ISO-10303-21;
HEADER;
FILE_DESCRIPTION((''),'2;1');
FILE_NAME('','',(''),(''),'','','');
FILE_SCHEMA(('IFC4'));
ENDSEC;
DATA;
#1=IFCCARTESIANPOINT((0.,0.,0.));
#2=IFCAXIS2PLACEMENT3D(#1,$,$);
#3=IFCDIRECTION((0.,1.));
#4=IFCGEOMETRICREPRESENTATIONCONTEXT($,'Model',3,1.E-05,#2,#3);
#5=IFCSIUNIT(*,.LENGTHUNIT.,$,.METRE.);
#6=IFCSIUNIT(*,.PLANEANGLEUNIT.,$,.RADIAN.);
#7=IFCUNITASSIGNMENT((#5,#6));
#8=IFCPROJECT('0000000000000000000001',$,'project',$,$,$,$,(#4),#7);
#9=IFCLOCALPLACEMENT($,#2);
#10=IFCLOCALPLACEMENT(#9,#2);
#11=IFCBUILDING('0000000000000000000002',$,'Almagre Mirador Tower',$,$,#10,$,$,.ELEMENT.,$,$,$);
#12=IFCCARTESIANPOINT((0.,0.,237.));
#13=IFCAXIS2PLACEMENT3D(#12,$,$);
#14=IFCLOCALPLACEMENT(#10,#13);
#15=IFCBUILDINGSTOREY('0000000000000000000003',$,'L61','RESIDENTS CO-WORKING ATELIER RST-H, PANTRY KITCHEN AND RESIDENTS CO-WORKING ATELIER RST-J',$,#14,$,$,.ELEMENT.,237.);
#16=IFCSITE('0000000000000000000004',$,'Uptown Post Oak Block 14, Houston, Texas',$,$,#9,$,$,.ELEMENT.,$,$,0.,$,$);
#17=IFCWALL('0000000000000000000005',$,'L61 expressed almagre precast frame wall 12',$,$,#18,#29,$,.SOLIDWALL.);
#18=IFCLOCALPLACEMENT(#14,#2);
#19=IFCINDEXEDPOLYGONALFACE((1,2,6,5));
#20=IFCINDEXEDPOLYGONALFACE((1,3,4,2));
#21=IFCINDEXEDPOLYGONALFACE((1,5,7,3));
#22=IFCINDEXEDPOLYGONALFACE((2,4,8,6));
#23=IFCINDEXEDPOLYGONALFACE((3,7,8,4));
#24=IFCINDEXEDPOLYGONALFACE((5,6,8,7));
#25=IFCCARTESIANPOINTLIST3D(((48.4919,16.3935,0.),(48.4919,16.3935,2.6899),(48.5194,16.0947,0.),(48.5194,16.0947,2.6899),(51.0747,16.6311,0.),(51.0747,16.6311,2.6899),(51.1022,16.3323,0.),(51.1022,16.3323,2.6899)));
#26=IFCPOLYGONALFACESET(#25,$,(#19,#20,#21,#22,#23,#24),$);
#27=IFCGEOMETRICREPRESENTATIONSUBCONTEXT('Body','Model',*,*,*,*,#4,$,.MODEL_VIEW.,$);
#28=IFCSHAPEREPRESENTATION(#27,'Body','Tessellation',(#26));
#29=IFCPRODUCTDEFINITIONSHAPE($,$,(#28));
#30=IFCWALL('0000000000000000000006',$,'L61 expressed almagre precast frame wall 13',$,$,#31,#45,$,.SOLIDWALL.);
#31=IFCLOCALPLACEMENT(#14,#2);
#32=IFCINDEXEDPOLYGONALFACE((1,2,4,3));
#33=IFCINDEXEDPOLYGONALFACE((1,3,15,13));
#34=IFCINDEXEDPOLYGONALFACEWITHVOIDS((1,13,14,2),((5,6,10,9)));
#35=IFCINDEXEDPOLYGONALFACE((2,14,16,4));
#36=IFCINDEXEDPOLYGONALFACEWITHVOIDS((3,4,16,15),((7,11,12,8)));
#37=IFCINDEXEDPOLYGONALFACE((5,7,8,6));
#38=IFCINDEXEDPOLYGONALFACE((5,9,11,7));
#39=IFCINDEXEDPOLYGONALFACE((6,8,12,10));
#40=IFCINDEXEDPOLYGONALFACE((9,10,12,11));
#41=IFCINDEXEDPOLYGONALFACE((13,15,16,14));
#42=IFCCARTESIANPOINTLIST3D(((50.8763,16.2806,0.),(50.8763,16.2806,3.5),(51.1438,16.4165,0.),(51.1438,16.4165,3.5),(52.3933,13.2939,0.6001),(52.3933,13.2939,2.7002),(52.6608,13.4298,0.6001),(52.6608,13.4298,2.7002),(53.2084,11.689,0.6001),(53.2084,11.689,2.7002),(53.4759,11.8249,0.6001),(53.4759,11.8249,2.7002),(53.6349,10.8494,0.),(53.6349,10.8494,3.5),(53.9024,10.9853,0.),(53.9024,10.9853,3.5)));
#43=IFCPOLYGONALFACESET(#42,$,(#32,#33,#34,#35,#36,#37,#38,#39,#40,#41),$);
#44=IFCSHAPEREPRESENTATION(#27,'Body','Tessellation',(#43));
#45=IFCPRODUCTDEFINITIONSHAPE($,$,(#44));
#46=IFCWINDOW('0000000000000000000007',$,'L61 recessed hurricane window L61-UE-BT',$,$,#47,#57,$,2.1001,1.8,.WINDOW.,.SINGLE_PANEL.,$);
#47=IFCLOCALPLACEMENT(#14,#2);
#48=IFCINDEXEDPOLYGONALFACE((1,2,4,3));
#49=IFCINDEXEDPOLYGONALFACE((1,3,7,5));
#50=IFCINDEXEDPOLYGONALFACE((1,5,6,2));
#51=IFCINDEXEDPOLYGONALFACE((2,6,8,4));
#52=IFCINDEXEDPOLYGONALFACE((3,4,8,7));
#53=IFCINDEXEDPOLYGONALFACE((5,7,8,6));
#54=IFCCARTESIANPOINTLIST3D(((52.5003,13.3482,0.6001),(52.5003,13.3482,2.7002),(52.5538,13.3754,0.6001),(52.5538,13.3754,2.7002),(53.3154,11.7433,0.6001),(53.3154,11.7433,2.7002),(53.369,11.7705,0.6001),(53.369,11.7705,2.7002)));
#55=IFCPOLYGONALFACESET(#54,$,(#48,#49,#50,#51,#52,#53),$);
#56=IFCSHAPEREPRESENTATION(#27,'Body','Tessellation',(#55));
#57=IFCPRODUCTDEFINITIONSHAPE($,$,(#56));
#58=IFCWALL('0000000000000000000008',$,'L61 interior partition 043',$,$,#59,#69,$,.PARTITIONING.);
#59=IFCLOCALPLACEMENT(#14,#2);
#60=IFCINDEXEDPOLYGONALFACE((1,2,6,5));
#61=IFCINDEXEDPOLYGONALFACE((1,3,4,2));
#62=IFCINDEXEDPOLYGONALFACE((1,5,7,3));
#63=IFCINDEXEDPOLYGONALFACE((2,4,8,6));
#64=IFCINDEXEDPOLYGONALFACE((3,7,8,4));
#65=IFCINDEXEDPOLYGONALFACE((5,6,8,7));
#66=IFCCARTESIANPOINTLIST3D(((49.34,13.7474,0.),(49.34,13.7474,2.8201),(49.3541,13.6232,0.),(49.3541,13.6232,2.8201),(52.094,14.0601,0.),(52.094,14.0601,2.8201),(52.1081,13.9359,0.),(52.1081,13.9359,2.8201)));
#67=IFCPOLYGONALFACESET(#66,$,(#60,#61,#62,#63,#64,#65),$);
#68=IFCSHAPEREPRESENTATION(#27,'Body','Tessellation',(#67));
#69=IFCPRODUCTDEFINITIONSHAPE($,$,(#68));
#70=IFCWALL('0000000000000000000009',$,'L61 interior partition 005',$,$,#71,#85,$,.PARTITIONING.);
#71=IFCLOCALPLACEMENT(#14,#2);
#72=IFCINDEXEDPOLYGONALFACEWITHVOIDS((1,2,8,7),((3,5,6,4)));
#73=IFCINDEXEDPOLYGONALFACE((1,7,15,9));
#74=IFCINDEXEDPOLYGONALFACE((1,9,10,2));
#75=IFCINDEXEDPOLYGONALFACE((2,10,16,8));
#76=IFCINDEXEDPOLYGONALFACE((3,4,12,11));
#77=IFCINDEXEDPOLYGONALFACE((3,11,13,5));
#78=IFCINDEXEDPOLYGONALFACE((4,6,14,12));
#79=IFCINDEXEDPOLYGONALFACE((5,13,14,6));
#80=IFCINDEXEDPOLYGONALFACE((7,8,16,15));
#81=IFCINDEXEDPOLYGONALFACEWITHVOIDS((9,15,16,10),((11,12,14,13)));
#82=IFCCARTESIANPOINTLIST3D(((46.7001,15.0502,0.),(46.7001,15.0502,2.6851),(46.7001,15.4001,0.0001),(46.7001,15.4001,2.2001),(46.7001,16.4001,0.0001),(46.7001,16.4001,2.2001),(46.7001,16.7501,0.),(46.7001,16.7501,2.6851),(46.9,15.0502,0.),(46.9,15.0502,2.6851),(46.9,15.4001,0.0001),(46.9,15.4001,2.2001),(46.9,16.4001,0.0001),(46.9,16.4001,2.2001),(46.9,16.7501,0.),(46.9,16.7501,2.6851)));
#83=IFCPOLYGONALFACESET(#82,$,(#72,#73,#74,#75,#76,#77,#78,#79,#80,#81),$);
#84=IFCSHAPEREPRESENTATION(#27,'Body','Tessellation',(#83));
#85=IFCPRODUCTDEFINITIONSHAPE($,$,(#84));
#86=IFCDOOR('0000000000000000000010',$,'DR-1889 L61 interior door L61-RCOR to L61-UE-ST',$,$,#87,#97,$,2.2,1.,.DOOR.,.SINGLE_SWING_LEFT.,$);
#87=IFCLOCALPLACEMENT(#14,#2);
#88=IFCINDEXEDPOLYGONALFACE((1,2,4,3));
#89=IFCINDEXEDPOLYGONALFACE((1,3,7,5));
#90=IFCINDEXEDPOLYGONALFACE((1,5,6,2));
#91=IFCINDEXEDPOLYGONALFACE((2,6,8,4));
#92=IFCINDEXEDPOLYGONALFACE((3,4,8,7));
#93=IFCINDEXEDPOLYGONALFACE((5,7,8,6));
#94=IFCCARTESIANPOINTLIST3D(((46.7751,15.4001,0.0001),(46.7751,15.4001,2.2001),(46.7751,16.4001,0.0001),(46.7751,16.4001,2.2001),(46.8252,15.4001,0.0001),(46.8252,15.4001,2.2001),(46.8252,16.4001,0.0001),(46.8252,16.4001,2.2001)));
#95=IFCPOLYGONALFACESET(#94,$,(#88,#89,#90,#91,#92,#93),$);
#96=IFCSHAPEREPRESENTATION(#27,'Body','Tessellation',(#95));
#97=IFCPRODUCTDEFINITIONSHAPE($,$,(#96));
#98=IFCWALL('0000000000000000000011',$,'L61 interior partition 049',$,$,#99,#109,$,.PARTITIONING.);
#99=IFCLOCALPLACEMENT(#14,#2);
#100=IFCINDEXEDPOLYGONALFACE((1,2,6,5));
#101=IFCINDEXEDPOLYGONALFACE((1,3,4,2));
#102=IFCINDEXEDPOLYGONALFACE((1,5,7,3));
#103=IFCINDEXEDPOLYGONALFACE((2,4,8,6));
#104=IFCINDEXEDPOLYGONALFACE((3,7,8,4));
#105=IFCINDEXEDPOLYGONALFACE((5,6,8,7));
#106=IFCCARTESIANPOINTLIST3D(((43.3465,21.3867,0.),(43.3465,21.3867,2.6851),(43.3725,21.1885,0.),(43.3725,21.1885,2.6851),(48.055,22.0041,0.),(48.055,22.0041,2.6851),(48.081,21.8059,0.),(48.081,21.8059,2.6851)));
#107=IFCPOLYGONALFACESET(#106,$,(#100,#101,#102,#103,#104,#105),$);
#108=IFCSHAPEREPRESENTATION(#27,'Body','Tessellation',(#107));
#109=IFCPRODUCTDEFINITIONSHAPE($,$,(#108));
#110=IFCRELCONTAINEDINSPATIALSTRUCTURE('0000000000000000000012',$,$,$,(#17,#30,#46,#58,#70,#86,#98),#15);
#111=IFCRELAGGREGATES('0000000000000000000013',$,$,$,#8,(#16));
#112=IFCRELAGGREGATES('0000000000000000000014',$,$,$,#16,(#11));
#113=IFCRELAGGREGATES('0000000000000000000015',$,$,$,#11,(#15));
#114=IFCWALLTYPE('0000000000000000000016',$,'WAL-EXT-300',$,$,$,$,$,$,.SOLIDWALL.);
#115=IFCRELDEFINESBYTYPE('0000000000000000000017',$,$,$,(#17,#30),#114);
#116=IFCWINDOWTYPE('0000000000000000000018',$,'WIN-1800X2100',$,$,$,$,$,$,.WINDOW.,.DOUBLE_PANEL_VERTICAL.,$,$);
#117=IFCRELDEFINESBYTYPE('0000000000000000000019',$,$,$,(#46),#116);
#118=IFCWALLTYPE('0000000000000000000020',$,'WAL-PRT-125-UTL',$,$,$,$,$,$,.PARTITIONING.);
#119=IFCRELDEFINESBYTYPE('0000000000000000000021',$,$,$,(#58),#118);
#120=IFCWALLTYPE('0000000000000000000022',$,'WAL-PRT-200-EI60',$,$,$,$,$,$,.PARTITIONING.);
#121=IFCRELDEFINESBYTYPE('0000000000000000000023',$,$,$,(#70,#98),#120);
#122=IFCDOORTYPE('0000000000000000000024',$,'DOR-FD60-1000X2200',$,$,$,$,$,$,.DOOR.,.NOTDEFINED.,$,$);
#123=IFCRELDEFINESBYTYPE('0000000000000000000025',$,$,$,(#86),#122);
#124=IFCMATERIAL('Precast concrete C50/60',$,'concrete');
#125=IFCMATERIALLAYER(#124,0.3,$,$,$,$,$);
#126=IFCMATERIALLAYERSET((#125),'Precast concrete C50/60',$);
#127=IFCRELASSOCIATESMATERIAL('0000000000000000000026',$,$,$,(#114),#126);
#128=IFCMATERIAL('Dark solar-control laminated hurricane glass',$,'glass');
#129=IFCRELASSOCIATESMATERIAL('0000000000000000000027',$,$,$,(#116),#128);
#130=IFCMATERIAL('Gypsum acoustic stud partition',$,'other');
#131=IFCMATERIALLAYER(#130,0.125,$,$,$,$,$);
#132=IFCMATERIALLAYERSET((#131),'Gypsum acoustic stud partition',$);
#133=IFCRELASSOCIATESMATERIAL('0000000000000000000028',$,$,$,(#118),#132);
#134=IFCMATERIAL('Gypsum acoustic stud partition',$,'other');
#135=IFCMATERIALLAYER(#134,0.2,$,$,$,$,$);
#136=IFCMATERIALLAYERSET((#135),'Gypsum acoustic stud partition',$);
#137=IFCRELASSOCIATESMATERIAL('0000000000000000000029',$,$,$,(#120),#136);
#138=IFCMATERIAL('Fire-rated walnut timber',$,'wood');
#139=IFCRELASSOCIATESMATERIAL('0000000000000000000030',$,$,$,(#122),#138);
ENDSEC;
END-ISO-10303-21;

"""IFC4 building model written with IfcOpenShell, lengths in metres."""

from ifc_helpers import new_model, si_unit, direction, frame, frame_2d, origin, place, context, subcontext, project, spatial, rectangle, extrude, material, layer, layer_set, type_object, element, fill, save


model = new_model("IFC4")

# Units and contexts
model_context = context("Model", 3, precision=1e-05, world=origin(), true_north=direction((0.0, 1.0)))
body_context = subcontext(model_context, "Body", "Model", "MODEL_VIEW")
ifc_project = project(units=[si_unit("LENGTHUNIT", "METRE"), si_unit("PLANEANGLEUNIT", "RADIAN")], contexts=[model_context])

# Site, building, storey
site_placement = place(None, origin())
site = spatial("IfcSite", under=ifc_project, at=site_placement, Name="Uptown Post Oak Block 14, Houston, Texas", CompositionType="ELEMENT", RefElevation=0.0)
building_placement = place(site_placement, origin())
building = spatial("IfcBuilding", under=site, at=building_placement, Name="Almagre Mirador Tower", CompositionType="ELEMENT")
storey_placement = place(building_placement, frame((0.0, 0.0, 237.0)))
storey = spatial("IfcBuildingStorey", under=building, at=storey_placement, Name="L61", Description="RESIDENTS CO-WORKING ATELIER RST-H, PANTRY KITCHEN AND RESIDENTS CO-WORKING ATELIER RST-J", CompositionType="ELEMENT", Elevation=237.0)

# Wall
ifc_material_1 = material(Name="Precast concrete C50/60", Category="concrete")
ifc_layer_1 = layer(ifc_material_1, 0.3)
ifc_layer_set_1 = layer_set([ifc_layer_1], Name="Precast concrete C50/60")
wall_type_1 = type_object("IfcWallType", Name="WAL-EXT-300", PredefinedType="SOLIDWALL", material=ifc_layer_set_1)
wall_1_placement = place(storey_placement, frame((48.5056, 16.2441, 0.0), z_axis=(0.0, 0.0, 1.0), x_axis=(0.995797, 0.091588, 0.0)))
element("IfcWall", 1, at=wall_1_placement, inside=storey, type_object=wall_type_1, Name="L61 expressed almagre precast frame wall 12", PredefinedType="SOLIDWALL", context=body_context, shape_type="SweptSolid", body=[
    extrude(rectangle(XDim=2.5938, YDim=0.3, at=frame_2d((1.2969, 0.0))), origin(), (0.0, 0.0, 1.0), 2.6899),
])

# Wall, opening, window
wall_2_placement = place(storey_placement, frame((51.01, 16.3486, 0.0), z_axis=(0.0, 0.0, 1.0), x_axis=(0.452848, -0.891588, 0.0)))
wall_2 = element("IfcWall", 2, at=wall_2_placement, inside=storey, type_object=wall_type_1, Name="L61 expressed almagre precast frame wall 13", PredefinedType="SOLIDWALL", context=body_context, shape_type="SweptSolid", body=[
    extrude(rectangle(XDim=6.0916, YDim=0.3, at=frame_2d((3.0459, 0.0))), origin(), (0.0, 0.0, 1.0), 3.5),
])
opening_1_placement = place(wall_2_placement, frame((3.3501, 0.0, 0.6001)))
opening_1 = element("IfcOpeningElement", 3, at=opening_1_placement, cuts=wall_2, PredefinedType="OPENING", context=body_context, shape_type="SweptSolid", body=[
    extrude(rectangle(XDim=1.8, YDim=2.1001, at=frame_2d((0.8999, 1.05))), frame((0.0, 0.1599, 0.0), z_axis=(0.0, -1.0, 0.0), x_axis=(1.0, 0.0, 0.0)), (0.0, 0.0, 1.0), 0.32),
])
ifc_material_2 = material(Name="Dark solar-control laminated hurricane glass", Category="glass")
window_type = type_object("IfcWindowType", Name="WIN-1800X2100", PartitioningType="DOUBLE_PANEL_VERTICAL", PredefinedType="WINDOW", material=ifc_material_2)
window_placement = place(opening_1_placement, origin())
window = element("IfcWindow", 4, at=window_placement, inside=storey, type_object=window_type, Name="L61 recessed hurricane window L61-UE-BT", OverallHeight=2.1001, OverallWidth=1.8, PartitioningType="SINGLE_PANEL", PredefinedType="WINDOW", context=body_context, shape_type="SweptSolid", body=[
    extrude(rectangle(XDim=1.8, YDim=2.1001, at=frame_2d((0.8999, 1.05))), frame((0.0, 0.03, 0.0), z_axis=(0.0, -1.0, 0.0), x_axis=(1.0, 0.0, 0.0)), (0.0, 0.0, 1.0), 0.0601),
])
fill(opening_1, window)

# Wall
ifc_material_3 = material(Name="Gypsum acoustic stud partition", Category="other")
ifc_layer_2 = layer(ifc_material_3, 0.125)
ifc_layer_set_2 = layer_set([ifc_layer_2], Name="Gypsum acoustic stud partition")
wall_type_2 = type_object("IfcWallType", Name="WAL-PRT-125-UTL", PredefinedType="PARTITIONING", material=ifc_layer_set_2)
wall_3_placement = place(storey_placement, frame((49.3472, 13.6853, 0.0), z_axis=(0.0, 0.0, 1.0), x_axis=(0.993613, 0.112839, 0.0)))
element("IfcWall", 5, at=wall_3_placement, inside=storey, type_object=wall_type_2, Name="L61 interior partition 043", PredefinedType="PARTITIONING", context=body_context, shape_type="SweptSolid", body=[
    extrude(rectangle(XDim=2.7717, YDim=0.125, at=frame_2d((1.3857, 0.0))), origin(), (0.0, 0.0, 1.0), 2.8201),
])

# Wall, opening, door
ifc_material_4 = material(Name="Gypsum acoustic stud partition", Category="other")
ifc_layer_3 = layer(ifc_material_4, 0.2)
ifc_layer_set_3 = layer_set([ifc_layer_3], Name="Gypsum acoustic stud partition")
wall_type_3 = type_object("IfcWallType", Name="WAL-PRT-200-EI60", PredefinedType="PARTITIONING", material=ifc_layer_set_3)
wall_4_placement = place(storey_placement, frame((46.8, 15.05, 0.0), z_axis=(0.0, 0.0, 1.0), x_axis=(0.0, 1.0, 0.0)))
wall_4 = element("IfcWall", 6, at=wall_4_placement, inside=storey, type_object=wall_type_3, Name="L61 interior partition 005", PredefinedType="PARTITIONING", context=body_context, shape_type="SweptSolid", body=[
    extrude(rectangle(XDim=1.7, YDim=0.2, at=frame_2d((0.8501, 0.0))), origin(), (0.0, 0.0, 1.0), 2.6851),
])
opening_2_placement = place(wall_4_placement, frame((0.3501, 0.0, 0.0)))
opening_2 = element("IfcOpeningElement", 7, at=opening_2_placement, cuts=wall_4, PredefinedType="OPENING", context=body_context, shape_type="SweptSolid", body=[
    extrude(rectangle(XDim=1.0, YDim=2.2, at=frame_2d((0.5, 1.1001))), frame((0.0, 0.1101, 0.0), z_axis=(0.0, -1.0, 0.0), x_axis=(1.0, 0.0, 0.0)), (0.0, 0.0, 1.0), 0.22),
])
ifc_material_5 = material(Name="Fire-rated walnut timber", Category="wood")
door_type = type_object("IfcDoorType", Name="DOR-FD60-1000X2200", OperationType="NOTDEFINED", PredefinedType="DOOR", material=ifc_material_5)
door_placement = place(opening_2_placement, origin())
door = element("IfcDoor", 8, at=door_placement, inside=storey, type_object=door_type, Name="DR-1889 L61 interior door L61-RCOR to L61-UE-ST", OperationType="SINGLE_SWING_LEFT", OverallHeight=2.2, OverallWidth=1.0, PredefinedType="DOOR", context=body_context, shape_type="SweptSolid", body=[
    extrude(rectangle(XDim=1.0, YDim=2.2, at=frame_2d((0.5, 1.1001))), frame((0.0, 0.0249, 0.0), z_axis=(0.0, -1.0, 0.0), x_axis=(1.0, 0.0, 0.0)), (0.0, 0.0, 1.0), 0.05),
])
fill(opening_2, door)

# Wall
wall_5_placement = place(storey_placement, frame((48.0681, 21.905, 0.0), z_axis=(0.0, 0.0, 1.0), x_axis=(-0.991512, -0.130018, 0.0)))
element("IfcWall", 9, at=wall_5_placement, inside=storey, type_object=wall_type_3, Name="L61 interior partition 049", PredefinedType="PARTITIONING", context=body_context, shape_type="SweptSolid", body=[
    extrude(rectangle(XDim=4.7488, YDim=0.2, at=frame_2d((2.3745, 0.0))), origin(), (0.0, 0.0, 1.0), 2.6851),
])

save(model, "model.ifc")
